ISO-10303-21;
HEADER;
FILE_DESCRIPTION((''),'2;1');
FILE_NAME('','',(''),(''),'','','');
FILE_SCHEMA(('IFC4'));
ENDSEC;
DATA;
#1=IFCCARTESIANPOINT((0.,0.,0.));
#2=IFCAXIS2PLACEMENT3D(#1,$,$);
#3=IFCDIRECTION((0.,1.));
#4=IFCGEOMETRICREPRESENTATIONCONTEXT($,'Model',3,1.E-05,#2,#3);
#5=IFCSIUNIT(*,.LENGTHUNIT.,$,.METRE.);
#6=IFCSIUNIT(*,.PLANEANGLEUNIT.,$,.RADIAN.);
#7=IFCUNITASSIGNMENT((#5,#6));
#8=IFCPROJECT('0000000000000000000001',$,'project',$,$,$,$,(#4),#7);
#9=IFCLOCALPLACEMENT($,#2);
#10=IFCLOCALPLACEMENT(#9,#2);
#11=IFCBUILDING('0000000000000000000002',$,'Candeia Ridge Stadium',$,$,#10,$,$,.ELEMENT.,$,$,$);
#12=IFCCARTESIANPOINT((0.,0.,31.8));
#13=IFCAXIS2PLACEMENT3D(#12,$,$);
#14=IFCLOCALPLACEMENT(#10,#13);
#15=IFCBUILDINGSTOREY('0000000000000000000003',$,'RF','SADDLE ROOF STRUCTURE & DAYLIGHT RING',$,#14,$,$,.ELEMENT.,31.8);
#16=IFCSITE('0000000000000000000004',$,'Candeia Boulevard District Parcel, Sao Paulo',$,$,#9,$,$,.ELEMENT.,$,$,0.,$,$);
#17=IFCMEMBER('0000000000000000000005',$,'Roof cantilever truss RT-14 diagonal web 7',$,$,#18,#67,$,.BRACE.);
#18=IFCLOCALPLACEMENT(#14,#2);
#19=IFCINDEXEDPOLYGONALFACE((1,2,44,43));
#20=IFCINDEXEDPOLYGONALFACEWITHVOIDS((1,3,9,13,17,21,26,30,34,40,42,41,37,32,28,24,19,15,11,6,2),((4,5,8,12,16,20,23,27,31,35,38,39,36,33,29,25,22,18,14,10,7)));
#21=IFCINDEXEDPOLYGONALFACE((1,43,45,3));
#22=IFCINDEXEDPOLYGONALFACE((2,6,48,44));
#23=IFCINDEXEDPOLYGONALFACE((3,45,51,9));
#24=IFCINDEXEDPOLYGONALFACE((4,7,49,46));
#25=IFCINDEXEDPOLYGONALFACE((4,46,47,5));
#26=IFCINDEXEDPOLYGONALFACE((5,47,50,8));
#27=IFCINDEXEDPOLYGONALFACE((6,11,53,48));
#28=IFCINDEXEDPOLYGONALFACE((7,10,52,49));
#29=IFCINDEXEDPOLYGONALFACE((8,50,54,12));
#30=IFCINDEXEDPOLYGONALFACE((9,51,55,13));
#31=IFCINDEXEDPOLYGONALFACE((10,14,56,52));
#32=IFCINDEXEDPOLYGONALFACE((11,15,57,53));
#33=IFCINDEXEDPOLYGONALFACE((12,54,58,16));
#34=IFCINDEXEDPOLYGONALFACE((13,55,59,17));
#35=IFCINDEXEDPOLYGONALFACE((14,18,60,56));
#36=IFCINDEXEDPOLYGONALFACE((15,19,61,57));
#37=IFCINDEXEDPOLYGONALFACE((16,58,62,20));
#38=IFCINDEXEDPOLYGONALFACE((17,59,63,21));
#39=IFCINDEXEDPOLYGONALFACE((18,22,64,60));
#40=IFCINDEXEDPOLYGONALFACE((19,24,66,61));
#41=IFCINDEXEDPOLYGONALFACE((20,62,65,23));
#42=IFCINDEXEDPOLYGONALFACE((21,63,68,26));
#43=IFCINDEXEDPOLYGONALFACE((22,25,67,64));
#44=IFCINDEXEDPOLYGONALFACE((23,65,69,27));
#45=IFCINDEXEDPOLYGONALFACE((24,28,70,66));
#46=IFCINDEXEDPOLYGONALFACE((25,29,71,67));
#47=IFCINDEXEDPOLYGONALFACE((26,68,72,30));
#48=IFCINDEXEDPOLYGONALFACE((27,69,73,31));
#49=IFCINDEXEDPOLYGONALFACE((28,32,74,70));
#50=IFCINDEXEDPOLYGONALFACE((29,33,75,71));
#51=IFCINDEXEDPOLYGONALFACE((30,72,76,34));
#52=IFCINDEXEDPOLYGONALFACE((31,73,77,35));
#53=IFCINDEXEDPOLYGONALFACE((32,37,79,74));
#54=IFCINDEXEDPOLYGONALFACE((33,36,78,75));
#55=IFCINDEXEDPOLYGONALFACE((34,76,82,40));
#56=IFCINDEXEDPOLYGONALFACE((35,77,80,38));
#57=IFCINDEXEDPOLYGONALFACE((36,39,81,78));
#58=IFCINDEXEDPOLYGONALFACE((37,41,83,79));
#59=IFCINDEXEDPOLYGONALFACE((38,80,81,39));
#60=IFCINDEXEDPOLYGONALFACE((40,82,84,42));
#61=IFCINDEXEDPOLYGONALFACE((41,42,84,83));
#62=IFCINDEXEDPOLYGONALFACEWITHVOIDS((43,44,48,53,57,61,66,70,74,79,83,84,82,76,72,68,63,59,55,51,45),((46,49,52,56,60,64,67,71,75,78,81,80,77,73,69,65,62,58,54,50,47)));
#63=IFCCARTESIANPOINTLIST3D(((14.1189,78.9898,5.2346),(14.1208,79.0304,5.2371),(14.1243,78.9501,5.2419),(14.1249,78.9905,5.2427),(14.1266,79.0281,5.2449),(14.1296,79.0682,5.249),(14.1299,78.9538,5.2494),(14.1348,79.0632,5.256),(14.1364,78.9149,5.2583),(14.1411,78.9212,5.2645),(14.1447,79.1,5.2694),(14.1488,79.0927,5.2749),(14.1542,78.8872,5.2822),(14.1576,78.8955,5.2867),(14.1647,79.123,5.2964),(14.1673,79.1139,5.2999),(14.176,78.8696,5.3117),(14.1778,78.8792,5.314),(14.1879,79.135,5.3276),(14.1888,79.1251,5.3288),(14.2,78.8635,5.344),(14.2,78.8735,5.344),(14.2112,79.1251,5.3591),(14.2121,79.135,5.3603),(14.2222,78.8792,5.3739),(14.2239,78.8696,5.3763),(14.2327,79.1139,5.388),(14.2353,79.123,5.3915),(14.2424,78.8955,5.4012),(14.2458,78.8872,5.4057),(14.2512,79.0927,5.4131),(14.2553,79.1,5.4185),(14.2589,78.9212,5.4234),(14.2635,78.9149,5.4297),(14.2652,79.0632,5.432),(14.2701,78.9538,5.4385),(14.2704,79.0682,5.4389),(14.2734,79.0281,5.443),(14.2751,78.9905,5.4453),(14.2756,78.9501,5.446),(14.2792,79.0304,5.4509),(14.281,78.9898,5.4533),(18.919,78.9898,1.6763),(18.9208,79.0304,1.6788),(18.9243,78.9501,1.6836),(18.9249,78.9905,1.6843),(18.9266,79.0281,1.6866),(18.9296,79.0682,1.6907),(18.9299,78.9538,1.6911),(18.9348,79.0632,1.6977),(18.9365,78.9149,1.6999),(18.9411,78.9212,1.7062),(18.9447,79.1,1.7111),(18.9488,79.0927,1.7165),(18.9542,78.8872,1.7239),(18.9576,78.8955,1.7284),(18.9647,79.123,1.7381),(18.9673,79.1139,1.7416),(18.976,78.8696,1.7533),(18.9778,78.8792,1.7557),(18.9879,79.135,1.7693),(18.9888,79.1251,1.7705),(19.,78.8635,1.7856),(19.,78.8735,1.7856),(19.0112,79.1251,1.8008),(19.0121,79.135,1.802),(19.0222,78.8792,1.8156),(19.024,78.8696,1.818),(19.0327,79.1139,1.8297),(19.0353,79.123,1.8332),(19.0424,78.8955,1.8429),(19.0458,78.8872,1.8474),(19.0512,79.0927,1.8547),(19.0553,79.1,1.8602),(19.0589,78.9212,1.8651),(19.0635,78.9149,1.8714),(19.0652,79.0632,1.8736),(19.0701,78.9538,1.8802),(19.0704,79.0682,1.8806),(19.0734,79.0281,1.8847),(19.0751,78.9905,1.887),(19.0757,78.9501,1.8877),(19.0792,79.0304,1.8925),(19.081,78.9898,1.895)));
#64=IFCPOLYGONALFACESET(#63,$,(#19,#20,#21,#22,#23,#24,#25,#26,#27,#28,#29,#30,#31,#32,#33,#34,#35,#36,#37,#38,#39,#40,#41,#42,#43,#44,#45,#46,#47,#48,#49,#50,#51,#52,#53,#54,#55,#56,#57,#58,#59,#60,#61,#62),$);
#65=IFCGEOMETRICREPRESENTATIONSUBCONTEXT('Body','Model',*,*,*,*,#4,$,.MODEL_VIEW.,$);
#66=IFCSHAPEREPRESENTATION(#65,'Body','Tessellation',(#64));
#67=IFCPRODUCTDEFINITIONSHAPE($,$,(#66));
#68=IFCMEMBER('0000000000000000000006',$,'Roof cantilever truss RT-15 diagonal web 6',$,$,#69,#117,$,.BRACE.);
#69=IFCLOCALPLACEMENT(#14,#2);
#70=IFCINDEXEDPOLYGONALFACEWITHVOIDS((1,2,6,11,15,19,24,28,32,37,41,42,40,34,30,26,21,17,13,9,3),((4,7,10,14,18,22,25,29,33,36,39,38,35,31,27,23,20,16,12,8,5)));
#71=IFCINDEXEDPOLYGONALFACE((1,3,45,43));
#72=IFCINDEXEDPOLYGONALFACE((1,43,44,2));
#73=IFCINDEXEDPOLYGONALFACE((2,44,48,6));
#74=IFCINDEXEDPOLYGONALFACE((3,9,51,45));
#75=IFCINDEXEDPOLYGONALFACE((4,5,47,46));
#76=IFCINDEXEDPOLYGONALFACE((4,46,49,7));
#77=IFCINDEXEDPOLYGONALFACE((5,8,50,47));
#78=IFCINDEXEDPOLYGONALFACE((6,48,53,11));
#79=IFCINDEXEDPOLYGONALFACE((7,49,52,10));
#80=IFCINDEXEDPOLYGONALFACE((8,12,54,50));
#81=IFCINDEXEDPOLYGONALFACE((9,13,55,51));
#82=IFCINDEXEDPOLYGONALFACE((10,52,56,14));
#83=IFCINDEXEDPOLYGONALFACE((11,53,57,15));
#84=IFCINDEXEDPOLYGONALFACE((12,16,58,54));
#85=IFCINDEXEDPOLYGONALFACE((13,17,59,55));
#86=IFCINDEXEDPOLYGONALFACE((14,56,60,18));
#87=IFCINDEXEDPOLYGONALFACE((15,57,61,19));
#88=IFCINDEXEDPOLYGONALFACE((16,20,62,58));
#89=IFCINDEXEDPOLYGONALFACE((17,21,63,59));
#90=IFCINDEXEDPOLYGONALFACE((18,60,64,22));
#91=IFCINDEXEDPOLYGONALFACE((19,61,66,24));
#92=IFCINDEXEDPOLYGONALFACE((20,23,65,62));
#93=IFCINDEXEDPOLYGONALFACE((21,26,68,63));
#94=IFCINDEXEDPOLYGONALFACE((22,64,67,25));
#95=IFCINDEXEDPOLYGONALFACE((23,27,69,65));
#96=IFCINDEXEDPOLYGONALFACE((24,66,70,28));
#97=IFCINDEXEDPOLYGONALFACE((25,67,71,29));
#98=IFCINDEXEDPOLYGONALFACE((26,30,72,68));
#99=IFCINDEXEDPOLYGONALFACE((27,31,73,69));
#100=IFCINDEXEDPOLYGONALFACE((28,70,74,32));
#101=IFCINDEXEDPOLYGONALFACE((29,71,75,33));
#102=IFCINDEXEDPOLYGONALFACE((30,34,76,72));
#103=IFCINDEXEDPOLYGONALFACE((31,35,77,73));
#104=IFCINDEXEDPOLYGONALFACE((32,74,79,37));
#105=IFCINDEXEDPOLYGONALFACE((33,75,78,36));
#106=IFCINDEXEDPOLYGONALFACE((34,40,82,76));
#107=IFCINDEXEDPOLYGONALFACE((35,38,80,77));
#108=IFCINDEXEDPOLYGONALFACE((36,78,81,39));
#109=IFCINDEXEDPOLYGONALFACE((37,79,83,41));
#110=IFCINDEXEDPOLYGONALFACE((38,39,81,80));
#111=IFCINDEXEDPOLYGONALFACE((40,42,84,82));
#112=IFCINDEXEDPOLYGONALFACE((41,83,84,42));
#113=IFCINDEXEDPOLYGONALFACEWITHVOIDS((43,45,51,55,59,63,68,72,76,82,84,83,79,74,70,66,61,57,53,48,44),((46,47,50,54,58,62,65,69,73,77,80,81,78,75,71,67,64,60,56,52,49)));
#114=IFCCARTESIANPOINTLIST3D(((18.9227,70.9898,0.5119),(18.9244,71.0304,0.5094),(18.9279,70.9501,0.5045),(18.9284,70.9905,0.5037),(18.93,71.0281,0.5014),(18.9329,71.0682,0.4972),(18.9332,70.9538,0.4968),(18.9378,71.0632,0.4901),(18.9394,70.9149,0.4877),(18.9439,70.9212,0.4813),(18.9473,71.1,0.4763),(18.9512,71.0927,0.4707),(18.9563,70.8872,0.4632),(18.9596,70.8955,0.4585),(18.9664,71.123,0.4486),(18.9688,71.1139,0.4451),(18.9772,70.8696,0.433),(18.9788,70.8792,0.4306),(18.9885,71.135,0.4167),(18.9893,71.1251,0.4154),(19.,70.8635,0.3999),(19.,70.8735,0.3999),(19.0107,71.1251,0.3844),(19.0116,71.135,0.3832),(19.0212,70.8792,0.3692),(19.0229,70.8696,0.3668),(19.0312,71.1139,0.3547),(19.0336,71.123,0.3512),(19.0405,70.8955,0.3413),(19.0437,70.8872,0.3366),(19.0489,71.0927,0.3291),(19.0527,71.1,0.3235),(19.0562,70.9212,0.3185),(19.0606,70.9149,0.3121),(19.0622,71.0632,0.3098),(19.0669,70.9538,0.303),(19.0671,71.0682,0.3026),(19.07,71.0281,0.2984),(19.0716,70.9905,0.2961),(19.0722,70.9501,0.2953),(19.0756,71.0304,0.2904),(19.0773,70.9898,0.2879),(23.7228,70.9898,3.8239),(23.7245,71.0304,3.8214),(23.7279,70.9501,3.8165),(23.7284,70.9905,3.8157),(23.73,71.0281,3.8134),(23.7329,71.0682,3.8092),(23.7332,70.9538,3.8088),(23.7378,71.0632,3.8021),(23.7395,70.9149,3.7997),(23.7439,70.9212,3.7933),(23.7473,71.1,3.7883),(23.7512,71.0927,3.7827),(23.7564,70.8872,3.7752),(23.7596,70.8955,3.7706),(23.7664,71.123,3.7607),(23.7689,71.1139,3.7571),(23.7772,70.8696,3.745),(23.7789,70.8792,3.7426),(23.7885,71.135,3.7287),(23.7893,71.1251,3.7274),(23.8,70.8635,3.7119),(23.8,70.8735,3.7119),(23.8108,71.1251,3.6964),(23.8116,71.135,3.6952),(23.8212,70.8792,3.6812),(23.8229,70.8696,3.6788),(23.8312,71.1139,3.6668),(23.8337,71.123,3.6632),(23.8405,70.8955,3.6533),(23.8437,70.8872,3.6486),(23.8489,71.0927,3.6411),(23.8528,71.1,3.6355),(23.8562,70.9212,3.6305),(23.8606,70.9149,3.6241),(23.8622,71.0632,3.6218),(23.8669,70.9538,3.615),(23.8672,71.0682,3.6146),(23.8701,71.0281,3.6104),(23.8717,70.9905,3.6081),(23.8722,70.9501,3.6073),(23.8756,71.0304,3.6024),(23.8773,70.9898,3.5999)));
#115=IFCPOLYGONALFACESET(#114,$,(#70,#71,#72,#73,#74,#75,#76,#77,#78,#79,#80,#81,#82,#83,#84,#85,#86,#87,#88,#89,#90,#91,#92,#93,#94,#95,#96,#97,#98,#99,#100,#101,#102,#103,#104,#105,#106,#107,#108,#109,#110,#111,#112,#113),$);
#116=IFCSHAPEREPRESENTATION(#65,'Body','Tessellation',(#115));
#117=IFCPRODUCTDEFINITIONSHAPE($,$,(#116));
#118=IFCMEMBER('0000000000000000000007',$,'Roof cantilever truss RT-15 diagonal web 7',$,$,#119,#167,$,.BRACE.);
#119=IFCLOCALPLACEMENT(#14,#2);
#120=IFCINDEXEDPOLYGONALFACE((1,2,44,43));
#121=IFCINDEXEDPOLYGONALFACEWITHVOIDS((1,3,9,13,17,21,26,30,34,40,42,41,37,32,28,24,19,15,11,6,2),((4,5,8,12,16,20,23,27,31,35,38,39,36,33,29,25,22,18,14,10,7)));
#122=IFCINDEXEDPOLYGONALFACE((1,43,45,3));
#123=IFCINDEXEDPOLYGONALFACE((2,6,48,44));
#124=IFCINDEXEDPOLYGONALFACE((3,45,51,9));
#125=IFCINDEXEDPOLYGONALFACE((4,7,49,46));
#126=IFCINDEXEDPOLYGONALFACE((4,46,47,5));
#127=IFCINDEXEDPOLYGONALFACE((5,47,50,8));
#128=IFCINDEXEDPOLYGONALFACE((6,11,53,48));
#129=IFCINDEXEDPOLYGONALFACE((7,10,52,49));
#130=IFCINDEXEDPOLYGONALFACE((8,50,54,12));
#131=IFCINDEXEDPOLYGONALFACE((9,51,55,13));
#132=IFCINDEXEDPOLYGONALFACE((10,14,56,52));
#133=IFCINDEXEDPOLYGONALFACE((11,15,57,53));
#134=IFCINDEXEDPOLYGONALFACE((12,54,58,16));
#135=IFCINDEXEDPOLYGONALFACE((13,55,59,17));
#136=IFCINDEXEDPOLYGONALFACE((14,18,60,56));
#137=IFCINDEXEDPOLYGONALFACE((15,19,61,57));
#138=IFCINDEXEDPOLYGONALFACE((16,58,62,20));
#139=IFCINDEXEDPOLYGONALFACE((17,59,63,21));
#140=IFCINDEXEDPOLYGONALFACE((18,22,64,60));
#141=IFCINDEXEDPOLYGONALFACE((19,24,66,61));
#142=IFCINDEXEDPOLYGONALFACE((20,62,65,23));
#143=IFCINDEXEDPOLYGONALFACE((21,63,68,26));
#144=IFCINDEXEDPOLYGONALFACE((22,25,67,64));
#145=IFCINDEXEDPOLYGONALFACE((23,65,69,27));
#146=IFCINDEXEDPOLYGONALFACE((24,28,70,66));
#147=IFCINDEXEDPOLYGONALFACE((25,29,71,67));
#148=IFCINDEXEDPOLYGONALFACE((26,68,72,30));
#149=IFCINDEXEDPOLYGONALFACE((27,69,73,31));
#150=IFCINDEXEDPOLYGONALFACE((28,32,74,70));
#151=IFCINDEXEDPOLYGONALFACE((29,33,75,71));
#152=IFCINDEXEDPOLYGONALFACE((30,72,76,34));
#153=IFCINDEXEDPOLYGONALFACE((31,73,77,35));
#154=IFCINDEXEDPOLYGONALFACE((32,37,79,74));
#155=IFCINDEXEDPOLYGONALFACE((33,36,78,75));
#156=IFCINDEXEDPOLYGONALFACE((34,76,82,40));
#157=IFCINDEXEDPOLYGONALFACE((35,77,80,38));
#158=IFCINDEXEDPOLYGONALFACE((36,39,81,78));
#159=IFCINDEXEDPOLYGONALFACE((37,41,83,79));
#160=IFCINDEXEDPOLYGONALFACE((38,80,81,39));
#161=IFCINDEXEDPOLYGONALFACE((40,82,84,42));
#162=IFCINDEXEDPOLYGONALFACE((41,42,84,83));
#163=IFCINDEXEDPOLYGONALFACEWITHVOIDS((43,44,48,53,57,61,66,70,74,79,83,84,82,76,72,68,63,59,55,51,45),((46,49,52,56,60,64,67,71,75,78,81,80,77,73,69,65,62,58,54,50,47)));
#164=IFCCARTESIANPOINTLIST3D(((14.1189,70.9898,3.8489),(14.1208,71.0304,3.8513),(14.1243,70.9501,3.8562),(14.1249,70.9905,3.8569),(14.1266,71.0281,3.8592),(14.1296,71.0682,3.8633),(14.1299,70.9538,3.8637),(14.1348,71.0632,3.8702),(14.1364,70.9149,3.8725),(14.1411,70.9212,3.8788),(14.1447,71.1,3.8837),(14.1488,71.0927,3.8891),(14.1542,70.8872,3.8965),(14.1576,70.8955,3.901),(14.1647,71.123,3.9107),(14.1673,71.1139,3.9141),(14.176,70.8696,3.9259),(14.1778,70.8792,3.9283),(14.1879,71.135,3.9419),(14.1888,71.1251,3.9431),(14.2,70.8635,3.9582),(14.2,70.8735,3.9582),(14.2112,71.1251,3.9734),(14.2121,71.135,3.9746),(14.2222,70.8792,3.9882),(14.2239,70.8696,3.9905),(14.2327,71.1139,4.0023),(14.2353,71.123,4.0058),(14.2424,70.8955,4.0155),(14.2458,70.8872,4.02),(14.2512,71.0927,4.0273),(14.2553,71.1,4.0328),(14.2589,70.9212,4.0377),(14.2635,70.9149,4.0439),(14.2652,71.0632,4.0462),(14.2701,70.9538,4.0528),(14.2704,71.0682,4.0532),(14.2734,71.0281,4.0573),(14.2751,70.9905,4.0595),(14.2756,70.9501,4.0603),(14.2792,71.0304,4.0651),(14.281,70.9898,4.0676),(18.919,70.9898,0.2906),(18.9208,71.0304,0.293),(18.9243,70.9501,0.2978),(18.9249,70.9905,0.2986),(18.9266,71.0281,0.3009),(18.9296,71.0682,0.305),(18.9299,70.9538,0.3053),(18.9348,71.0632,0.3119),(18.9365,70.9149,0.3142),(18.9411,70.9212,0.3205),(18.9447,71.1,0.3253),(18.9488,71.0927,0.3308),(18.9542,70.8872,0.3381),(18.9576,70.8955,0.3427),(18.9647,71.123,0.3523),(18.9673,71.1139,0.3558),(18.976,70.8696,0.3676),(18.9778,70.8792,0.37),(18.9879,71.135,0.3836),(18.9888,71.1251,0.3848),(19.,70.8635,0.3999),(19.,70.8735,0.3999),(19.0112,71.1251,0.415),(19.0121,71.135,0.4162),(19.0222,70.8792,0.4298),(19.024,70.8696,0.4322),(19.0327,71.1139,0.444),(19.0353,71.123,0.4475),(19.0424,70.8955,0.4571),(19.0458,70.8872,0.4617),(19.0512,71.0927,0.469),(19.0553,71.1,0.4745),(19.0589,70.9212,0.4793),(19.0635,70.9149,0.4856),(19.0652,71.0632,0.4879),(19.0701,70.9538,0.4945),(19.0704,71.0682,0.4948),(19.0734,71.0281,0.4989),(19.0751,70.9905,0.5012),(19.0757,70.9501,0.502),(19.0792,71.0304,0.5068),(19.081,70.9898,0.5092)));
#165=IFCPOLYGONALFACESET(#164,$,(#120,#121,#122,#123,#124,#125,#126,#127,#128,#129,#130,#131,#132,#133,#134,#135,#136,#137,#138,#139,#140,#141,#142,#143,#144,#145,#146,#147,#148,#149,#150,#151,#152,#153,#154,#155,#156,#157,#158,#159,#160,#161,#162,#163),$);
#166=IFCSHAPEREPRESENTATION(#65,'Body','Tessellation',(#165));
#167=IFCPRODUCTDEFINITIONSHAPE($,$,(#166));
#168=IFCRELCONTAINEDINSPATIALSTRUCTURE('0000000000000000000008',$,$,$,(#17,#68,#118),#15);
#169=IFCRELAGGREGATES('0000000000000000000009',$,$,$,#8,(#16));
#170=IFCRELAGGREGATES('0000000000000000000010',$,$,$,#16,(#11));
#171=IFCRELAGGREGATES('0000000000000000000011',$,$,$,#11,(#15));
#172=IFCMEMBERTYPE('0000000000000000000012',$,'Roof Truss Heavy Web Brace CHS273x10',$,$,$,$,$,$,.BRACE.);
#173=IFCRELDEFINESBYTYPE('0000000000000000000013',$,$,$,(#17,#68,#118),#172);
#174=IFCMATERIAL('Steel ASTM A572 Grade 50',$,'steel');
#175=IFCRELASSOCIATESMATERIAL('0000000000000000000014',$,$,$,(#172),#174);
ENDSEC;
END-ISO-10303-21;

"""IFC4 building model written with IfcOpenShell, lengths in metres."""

from ifc_helpers import new_model, si_unit, direction, frame, origin, origin_2d, place, context, subcontext, project, spatial, hollow_circle, extrude, material, material_profile, profile_set, type_object, element, save


model = new_model("IFC4")

# Units and contexts
model_context = context("Model", 3, precision=1e-05, world=origin(), true_north=direction((0.0, 1.0)))
body_context = subcontext(model_context, "Body", "Model", "MODEL_VIEW")
ifc_project = project(units=[si_unit("LENGTHUNIT", "METRE"), si_unit("PLANEANGLEUNIT", "RADIAN")], contexts=[model_context])

# Site, building, storey
site_placement = place(None, origin())
site = spatial("IfcSite", under=ifc_project, at=site_placement, Name="Candeia Boulevard District Parcel, Sao Paulo", CompositionType="ELEMENT", RefElevation=0.0)
building_placement = place(site_placement, origin())
building = spatial("IfcBuilding", under=site, at=building_placement, Name="Candeia Ridge Stadium", CompositionType="ELEMENT")
storey_placement = place(building_placement, frame((0.0, 0.0, 31.8)))
storey = spatial("IfcBuildingStorey", under=building, at=storey_placement, Name="RF", Description="SADDLE ROOF STRUCTURE & DAYLIGHT RING", CompositionType="ELEMENT", Elevation=31.8)

# Shared definitions
ifc_material_1 = material(Name="Steel ASTM A572 Grade 50", Category="steel")

# Members
ifc_material_profile_1 = material_profile(ifc_material_1, hollow_circle(Radius=0.1365, WallThickness=0.01, at=origin_2d()), Name="CHS273x10", Category="steel")
ifc_profile_set_1 = profile_set([ifc_material_profile_1], Name="Steel ASTM A572 Grade 50")
member_type_1 = type_object("IfcMemberType", Name="Roof Truss Heavy Web Brace CHS273x10", PredefinedType="BRACE", material=ifc_profile_set_1)
member_1_placement = place(storey_placement, frame((19.0, 79.0, 1.7856), z_axis=(-0.803336, 0.0, 0.595526), x_axis=(0.0, -1.0, 0.0)))
element("IfcMember", 1, at=member_1_placement, inside=storey, type_object=member_type_1, Name="Roof cantilever truss RT-14 diagonal web 7", PredefinedType="BRACE", context=body_context, shape_type="SweptSolid", body=[
    extrude(hollow_circle(Radius=0.1365, WallThickness=0.01, at=origin_2d()), origin(), (0.0, 0.0, 1.0), 5.9751),
])
member_2_placement = place(storey_placement, frame((23.8, 71.0, 3.7119), z_axis=(-0.823082, 0.0, -0.567923), x_axis=(0.0, -1.0, 0.0)))
element("IfcMember", 2, at=member_2_placement, inside=storey, type_object=member_type_1, Name="Roof cantilever truss RT-15 diagonal web 6", PredefinedType="BRACE", context=body_context, shape_type="SweptSolid", body=[
    extrude(hollow_circle(Radius=0.1365, WallThickness=0.01, at=origin_2d()), origin(), (0.0, 0.0, 1.0), 5.8318),
])
member_3_placement = place(storey_placement, frame((19.0, 71.0, 0.3999), z_axis=(-0.803336, 0.0, 0.595526), x_axis=(0.0, -1.0, 0.0)))
element("IfcMember", 3, at=member_3_placement, inside=storey, type_object=member_type_1, Name="Roof cantilever truss RT-15 diagonal web 7", PredefinedType="BRACE", context=body_context, shape_type="SweptSolid", body=[
    extrude(hollow_circle(Radius=0.1365, WallThickness=0.01, at=origin_2d()), origin(), (0.0, 0.0, 1.0), 5.9751),
])

save(model, "model.ifc")
